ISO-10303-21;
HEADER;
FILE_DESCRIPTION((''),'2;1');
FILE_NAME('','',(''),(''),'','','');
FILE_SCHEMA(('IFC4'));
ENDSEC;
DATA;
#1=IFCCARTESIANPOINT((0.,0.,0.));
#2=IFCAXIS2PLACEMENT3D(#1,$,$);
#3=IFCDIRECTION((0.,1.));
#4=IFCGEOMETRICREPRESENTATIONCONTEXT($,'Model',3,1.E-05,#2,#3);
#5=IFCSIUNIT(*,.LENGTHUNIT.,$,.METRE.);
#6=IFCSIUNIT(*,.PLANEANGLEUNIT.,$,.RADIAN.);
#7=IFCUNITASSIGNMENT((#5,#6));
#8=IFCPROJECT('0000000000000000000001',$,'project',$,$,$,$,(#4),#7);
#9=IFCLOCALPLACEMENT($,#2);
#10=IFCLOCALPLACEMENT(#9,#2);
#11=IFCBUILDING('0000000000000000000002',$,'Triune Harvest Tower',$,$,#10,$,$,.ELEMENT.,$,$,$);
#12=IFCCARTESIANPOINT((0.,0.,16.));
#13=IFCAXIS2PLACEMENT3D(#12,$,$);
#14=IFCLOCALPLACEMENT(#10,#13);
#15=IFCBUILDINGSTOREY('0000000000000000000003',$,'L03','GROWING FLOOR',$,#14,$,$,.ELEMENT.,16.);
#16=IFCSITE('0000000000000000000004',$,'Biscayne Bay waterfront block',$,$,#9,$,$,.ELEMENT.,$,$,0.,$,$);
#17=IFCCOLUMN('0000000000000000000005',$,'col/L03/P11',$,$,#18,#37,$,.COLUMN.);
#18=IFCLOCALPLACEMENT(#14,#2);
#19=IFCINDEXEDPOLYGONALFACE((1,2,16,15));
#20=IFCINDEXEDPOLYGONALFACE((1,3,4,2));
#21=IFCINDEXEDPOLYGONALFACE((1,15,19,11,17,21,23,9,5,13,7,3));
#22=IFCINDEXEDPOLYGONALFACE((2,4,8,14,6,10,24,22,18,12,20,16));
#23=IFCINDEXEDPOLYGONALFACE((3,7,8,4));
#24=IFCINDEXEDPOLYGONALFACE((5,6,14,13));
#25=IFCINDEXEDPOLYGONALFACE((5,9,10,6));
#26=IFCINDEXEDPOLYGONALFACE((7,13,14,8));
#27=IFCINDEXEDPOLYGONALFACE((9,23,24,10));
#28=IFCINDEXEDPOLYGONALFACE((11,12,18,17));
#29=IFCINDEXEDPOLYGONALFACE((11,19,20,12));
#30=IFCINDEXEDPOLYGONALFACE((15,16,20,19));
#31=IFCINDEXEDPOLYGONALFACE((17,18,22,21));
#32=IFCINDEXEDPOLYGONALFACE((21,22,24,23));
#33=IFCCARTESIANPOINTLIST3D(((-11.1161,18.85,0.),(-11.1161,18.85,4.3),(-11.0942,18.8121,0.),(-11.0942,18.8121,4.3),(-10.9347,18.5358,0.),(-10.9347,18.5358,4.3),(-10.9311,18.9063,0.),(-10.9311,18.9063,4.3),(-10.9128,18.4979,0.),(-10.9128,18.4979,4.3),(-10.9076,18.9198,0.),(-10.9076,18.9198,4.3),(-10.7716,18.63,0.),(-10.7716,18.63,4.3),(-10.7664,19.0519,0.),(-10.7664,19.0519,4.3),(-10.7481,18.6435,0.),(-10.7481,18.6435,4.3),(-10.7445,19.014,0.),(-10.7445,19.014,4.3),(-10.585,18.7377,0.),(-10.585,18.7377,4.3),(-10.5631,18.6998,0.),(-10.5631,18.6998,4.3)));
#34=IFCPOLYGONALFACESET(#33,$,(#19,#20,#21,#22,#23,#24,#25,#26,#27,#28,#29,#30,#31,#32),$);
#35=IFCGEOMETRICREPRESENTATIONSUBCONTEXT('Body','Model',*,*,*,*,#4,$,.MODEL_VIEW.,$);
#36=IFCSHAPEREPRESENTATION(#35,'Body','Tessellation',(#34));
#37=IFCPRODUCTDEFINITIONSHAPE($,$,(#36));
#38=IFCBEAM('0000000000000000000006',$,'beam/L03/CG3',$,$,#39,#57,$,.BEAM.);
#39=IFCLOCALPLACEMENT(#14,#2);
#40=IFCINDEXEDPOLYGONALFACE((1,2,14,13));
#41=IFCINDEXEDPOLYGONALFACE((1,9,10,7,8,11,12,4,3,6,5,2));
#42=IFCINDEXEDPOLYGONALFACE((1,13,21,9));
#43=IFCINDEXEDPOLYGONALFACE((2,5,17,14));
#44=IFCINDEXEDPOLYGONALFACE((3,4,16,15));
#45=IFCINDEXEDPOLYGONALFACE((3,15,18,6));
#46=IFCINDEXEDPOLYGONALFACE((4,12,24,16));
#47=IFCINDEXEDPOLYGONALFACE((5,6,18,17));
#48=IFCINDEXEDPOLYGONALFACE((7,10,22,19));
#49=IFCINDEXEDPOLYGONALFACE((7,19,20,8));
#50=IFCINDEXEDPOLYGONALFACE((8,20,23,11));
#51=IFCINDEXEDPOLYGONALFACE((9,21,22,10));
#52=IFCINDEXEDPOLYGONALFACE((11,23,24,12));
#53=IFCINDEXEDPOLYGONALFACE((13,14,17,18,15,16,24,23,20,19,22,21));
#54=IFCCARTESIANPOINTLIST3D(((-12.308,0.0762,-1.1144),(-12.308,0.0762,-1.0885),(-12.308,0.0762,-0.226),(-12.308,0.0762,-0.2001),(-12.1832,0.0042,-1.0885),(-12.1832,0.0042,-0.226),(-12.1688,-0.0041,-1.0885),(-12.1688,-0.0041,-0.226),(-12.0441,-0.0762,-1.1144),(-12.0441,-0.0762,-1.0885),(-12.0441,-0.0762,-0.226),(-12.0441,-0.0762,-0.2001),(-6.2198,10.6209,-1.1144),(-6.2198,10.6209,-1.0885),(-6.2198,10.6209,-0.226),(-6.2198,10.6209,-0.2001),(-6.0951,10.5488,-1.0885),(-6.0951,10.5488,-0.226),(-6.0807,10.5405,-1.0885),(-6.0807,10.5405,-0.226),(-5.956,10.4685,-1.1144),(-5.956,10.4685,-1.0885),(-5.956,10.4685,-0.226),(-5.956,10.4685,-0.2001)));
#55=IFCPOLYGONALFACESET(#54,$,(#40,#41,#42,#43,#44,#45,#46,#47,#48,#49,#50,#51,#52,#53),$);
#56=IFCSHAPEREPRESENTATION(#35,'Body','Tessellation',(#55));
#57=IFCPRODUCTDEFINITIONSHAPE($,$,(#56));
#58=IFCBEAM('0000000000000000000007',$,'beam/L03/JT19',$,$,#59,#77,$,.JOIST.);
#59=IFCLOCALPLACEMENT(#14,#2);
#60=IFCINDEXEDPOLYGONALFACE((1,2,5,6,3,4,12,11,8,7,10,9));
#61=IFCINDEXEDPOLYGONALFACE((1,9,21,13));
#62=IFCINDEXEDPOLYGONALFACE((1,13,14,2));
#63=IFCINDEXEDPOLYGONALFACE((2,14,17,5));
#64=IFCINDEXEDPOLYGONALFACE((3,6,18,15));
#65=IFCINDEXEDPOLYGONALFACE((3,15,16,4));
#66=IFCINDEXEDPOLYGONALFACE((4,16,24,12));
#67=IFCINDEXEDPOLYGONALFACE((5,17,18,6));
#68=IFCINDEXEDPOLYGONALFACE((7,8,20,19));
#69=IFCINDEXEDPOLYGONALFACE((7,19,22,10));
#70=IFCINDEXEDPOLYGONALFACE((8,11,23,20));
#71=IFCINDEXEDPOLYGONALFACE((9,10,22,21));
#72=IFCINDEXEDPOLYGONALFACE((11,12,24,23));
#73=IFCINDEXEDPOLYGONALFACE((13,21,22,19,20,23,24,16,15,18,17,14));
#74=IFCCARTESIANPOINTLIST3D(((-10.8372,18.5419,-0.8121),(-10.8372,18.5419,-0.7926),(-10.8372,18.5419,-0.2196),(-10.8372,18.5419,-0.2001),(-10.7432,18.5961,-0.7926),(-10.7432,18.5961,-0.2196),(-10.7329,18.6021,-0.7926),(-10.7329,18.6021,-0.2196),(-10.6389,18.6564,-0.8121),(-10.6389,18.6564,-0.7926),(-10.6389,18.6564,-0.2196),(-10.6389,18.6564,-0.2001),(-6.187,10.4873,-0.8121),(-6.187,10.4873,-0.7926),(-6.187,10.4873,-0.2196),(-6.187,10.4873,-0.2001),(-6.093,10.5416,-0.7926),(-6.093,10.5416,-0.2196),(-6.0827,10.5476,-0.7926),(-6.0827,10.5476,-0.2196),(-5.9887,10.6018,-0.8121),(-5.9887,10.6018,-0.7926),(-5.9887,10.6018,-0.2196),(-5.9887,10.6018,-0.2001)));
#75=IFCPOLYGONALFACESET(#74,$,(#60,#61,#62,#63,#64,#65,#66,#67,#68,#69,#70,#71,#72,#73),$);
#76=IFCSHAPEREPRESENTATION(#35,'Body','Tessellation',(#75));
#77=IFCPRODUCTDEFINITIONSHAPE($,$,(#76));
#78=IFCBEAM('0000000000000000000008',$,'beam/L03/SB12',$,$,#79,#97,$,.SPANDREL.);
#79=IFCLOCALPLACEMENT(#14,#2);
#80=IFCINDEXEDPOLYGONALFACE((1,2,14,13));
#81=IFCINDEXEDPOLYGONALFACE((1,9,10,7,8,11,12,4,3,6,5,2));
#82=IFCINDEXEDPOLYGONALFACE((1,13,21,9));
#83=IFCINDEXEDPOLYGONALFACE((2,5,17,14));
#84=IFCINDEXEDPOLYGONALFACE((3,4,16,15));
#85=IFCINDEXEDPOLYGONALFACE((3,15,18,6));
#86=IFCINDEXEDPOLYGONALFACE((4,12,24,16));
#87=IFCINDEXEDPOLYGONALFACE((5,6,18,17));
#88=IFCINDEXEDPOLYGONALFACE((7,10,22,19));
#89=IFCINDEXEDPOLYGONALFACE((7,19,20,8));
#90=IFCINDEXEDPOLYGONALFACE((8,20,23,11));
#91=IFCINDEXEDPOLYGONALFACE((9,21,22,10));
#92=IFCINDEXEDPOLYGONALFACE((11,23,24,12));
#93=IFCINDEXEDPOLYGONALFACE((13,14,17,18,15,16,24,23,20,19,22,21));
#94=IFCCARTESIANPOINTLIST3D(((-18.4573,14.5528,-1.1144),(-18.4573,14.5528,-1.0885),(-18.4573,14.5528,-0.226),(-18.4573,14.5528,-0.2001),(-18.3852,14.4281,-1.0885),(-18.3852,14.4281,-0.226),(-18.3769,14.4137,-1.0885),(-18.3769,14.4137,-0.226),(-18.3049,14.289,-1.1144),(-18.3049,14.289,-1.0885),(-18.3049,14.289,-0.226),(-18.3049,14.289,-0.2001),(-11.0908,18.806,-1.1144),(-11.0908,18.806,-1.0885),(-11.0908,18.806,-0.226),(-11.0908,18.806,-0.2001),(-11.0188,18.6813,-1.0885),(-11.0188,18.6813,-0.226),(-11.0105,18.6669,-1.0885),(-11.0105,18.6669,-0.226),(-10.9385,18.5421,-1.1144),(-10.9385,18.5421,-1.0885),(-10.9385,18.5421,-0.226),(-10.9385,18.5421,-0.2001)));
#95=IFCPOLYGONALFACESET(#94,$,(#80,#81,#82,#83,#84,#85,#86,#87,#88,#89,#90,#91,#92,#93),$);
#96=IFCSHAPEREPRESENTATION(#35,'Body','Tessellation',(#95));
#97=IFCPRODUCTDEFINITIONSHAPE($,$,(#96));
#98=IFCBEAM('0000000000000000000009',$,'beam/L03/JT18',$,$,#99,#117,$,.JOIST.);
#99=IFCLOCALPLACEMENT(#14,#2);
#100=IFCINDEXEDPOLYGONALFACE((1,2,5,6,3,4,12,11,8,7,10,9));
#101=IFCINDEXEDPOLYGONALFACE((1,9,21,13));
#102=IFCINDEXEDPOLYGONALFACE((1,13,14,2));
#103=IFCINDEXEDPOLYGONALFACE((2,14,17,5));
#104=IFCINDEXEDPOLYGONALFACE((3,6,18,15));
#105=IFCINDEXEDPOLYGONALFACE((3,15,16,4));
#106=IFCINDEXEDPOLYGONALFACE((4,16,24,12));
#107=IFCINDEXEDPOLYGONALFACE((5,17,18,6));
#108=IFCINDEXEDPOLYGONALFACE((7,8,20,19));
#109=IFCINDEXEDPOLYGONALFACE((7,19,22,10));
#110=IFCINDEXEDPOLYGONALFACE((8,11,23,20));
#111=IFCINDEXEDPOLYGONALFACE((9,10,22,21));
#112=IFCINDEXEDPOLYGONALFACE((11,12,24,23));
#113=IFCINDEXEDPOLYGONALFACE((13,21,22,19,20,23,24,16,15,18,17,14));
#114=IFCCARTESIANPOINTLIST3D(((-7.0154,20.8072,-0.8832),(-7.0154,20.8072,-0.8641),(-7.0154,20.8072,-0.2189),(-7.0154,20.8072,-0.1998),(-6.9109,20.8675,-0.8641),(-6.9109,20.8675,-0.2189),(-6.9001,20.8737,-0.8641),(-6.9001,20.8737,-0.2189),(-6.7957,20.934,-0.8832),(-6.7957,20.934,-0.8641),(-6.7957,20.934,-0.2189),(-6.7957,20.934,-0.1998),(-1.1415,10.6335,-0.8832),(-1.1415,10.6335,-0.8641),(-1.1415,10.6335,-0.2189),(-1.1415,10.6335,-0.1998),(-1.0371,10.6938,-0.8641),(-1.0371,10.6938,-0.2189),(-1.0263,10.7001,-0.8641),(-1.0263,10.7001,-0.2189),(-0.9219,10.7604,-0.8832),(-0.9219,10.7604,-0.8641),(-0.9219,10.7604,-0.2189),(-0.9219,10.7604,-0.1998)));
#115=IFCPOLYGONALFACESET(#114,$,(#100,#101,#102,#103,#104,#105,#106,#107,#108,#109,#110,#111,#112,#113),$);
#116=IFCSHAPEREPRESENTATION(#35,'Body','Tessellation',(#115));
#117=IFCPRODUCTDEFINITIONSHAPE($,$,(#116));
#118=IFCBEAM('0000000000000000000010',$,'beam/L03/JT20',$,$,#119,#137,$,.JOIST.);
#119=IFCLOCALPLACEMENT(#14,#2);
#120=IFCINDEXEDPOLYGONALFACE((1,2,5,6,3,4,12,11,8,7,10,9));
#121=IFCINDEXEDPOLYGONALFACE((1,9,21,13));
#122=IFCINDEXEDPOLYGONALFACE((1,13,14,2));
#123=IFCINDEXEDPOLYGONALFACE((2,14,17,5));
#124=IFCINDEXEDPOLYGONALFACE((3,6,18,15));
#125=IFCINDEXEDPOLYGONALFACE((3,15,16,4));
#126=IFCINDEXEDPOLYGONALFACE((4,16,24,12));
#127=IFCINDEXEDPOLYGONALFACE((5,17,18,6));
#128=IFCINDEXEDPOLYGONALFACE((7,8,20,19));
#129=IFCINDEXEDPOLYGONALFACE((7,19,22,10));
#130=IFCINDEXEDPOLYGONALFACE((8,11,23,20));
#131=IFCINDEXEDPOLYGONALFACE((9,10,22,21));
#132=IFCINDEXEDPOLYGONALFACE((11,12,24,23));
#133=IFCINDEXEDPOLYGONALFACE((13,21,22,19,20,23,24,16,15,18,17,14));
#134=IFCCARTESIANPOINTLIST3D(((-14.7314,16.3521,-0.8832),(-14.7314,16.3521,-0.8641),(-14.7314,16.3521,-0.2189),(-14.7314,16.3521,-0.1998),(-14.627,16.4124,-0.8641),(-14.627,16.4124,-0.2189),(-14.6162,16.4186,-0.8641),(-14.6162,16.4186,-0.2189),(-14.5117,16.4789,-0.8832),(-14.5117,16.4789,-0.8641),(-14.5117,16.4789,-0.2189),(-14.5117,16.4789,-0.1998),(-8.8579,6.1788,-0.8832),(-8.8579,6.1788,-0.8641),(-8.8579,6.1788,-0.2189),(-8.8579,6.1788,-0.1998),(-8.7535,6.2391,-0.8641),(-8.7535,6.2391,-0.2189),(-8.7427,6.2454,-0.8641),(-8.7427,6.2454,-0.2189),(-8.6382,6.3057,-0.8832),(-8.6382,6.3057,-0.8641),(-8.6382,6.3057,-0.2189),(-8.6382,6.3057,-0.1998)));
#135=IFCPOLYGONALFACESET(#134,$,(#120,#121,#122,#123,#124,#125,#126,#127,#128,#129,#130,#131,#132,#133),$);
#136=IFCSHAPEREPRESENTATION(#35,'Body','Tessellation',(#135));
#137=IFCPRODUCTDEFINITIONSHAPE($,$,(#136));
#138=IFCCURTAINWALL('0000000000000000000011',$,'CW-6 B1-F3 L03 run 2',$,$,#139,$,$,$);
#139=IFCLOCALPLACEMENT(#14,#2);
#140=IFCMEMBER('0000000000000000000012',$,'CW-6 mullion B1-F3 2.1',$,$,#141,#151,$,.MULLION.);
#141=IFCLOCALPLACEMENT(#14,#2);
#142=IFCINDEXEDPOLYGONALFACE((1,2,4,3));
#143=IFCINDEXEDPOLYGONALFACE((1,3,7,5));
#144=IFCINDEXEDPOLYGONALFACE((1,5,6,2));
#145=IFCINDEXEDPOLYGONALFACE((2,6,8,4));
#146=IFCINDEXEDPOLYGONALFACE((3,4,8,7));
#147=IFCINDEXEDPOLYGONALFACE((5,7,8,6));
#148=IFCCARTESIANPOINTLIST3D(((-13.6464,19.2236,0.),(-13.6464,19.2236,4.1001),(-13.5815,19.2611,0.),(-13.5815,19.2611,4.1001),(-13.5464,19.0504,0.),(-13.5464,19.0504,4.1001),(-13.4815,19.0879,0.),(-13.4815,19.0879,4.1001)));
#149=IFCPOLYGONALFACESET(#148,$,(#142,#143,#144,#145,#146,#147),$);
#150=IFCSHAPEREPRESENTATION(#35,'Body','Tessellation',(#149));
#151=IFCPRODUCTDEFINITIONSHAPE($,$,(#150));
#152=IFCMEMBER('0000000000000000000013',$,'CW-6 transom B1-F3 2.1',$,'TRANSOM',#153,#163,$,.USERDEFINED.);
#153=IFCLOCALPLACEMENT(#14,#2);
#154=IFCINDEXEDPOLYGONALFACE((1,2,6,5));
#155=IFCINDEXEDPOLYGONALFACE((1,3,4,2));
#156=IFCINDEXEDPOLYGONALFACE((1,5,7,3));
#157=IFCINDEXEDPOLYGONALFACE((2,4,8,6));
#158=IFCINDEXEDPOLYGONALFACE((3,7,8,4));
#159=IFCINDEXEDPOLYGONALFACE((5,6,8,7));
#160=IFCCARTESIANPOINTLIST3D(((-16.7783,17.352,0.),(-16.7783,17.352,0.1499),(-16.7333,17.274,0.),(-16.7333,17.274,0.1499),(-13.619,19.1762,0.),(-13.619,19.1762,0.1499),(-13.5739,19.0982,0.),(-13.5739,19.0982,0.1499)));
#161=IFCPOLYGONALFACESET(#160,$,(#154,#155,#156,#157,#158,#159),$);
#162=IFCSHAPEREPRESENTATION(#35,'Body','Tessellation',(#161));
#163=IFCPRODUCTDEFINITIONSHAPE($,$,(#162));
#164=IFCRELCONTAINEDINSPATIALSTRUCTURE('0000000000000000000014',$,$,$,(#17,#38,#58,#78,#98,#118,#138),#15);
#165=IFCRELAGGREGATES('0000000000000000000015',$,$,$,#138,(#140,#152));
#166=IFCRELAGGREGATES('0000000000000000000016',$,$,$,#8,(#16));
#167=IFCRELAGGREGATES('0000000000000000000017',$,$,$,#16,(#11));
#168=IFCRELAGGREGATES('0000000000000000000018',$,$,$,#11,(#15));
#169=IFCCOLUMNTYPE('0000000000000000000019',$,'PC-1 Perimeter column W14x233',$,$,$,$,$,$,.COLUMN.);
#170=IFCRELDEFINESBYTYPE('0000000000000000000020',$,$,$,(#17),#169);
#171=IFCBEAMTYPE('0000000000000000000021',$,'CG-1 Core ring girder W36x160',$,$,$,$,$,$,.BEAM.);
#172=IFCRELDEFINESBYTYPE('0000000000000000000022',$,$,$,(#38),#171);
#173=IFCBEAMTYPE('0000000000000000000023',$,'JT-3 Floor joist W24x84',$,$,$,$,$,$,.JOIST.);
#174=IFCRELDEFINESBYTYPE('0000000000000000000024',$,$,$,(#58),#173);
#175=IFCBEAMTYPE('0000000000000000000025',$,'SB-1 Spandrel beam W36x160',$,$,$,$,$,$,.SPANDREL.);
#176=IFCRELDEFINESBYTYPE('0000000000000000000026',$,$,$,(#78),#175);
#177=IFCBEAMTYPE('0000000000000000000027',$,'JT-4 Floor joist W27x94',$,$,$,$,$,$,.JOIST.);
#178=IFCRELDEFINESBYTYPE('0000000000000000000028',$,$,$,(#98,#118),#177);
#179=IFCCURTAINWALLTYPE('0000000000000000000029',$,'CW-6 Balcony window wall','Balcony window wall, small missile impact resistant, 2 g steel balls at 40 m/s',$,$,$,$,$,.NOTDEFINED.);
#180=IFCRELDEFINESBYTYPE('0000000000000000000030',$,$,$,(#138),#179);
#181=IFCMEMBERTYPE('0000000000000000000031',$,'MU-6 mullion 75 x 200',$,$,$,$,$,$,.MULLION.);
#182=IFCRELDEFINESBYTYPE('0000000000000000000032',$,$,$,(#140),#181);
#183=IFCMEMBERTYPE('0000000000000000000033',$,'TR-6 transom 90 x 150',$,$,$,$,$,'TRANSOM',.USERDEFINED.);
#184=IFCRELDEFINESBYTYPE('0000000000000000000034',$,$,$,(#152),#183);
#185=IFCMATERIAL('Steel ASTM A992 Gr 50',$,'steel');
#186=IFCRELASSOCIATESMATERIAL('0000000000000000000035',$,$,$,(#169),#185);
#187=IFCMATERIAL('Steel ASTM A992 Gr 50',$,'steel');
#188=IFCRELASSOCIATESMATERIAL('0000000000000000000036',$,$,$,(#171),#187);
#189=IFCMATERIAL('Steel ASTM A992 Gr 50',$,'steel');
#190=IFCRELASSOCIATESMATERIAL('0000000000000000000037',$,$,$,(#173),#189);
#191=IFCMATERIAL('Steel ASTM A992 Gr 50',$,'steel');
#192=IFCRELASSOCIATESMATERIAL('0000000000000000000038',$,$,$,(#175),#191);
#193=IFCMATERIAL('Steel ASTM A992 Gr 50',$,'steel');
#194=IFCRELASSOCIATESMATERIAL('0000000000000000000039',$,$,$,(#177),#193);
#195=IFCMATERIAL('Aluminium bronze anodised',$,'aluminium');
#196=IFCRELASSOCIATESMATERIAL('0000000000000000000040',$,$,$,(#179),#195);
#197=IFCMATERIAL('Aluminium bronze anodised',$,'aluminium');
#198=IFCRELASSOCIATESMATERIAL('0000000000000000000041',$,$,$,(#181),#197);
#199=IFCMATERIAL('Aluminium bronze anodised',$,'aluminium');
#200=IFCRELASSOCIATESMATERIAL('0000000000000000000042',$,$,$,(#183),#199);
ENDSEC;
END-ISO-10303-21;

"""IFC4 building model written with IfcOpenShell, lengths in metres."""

from ifc_helpers import new_model, si_unit, direction, frame, origin, origin_2d, place, context, subcontext, project, spatial, rectangle, i_section, extrude, source, transform, mapped, material, material_profile, profile_set, type_object, element, aggregate, save


model = new_model("IFC4")

# Units and contexts
model_context = context("Model", 3, precision=1e-05, world=origin(), true_north=direction((0.0, 1.0)))
body_context = subcontext(model_context, "Body", "Model", "MODEL_VIEW")
ifc_project = project(units=[si_unit("LENGTHUNIT", "METRE"), si_unit("PLANEANGLEUNIT", "RADIAN")], contexts=[model_context])

# Site, building, storey
site_placement = place(None, origin())
site = spatial("IfcSite", under=ifc_project, at=site_placement, Name="Biscayne Bay waterfront block", CompositionType="ELEMENT", RefElevation=0.0)
building_placement = place(site_placement, origin())
building = spatial("IfcBuilding", under=site, at=building_placement, Name="Triune Harvest Tower", CompositionType="ELEMENT")
storey_placement = place(building_placement, frame((0.0, 0.0, 16.0)))
storey = spatial("IfcBuildingStorey", under=building, at=storey_placement, Name="L03", Description="GROWING FLOOR", CompositionType="ELEMENT", Elevation=16.0)

# Column
ifc_material_1 = material(Name="Steel ASTM A992 Gr 50", Category="steel")
ifc_material_profile_1 = material_profile(ifc_material_1, i_section(OverallWidth=0.4038, OverallDepth=0.4065, WebThickness=0.0271, FlangeThickness=0.0437, at=origin_2d()), Name="W14x233")
ifc_profile_set_1 = profile_set([ifc_material_profile_1], Name="Steel ASTM A992 Gr 50")
column_type = type_object("IfcColumnType", Name="PC-1 Perimeter column W14x233", PredefinedType="COLUMN", material=ifc_profile_set_1)
shared_shape_1 = source(origin(), body_context, "Body", "SweptSolid", [
    extrude(i_section(OverallWidth=0.4038, OverallDepth=0.4065, WebThickness=0.0271, FlangeThickness=0.0437, at=origin_2d()), origin(), (0.0, 0.0, 1.0), 4.3),
])
column_placement = place(storey_placement, frame((-10.8396, 18.7749, 0.0), z_axis=(0.0, 0.0, 1.0), x_axis=(-0.866025, -0.5, 0.0)))
element("IfcColumn", 1, at=column_placement, inside=storey, type_object=column_type, Name="col/L03/P11", PredefinedType="COLUMN", context=body_context, shape_type="MappedRepresentation", body=[
    mapped(shared_shape_1, transform((0.0, 0.0, 0.0), scale=1.0)),
])

# Beams
ifc_material_2 = material(Name="Steel ASTM A992 Gr 50", Category="steel")
ifc_material_profile_2 = material_profile(ifc_material_2, i_section(OverallWidth=0.3047, OverallDepth=0.9143, WebThickness=0.0166, FlangeThickness=0.0259, at=origin_2d()), Name="W36x160")
ifc_profile_set_2 = profile_set([ifc_material_profile_2], Name="Steel ASTM A992 Gr 50")
beam_type_1 = type_object("IfcBeamType", Name="CG-1 Core ring girder W36x160", PredefinedType="BEAM", material=ifc_profile_set_2)
shared_shape_2 = source(origin(), body_context, "Body", "SweptSolid", [
    extrude(i_section(OverallWidth=0.3047, OverallDepth=0.9143, WebThickness=0.0166, FlangeThickness=0.0259, at=origin_2d()), origin(), (0.0, 0.0, 1.0), 12.176),
])
beam_1_placement = place(storey_placement, frame((-6.0879, 10.5447, -0.6572), z_axis=(-0.50001, -0.86602, 0.0), x_axis=(0.86602, -0.50001, 0.0)))
element("IfcBeam", 2, at=beam_1_placement, inside=storey, type_object=beam_type_1, Name="beam/L03/CG3", PredefinedType="BEAM", context=body_context, shape_type="MappedRepresentation", body=[
    mapped(shared_shape_2, transform((0.0, 0.0, 0.0), scale=1.0)),
])
ifc_material_3 = material(Name="Steel ASTM A992 Gr 50", Category="steel")
ifc_material_profile_3 = material_profile(ifc_material_3, i_section(OverallWidth=0.229, OverallDepth=0.6121, WebThickness=0.012, FlangeThickness=0.0195, at=origin_2d()), Name="W24x84")
ifc_profile_set_3 = profile_set([ifc_material_profile_3], Name="Steel ASTM A992 Gr 50")
beam_type_2 = type_object("IfcBeamType", Name="JT-3 Floor joist W24x84", PredefinedType="JOIST", material=ifc_profile_set_3)
shared_shape_3 = source(origin(), body_context, "Body", "SweptSolid", [
    extrude(i_section(OverallWidth=0.229, OverallDepth=0.6121, WebThickness=0.012, FlangeThickness=0.0195, at=origin_2d()), origin(), (0.0, 0.0, 1.0), 9.3005),
])
beam_2_placement = place(storey_placement, frame((-10.738, 18.5991, -0.5061), z_axis=(0.499993, -0.86603, 0.0), x_axis=(0.86603, 0.499993, 0.0)))
element("IfcBeam", 3, at=beam_2_placement, inside=storey, type_object=beam_type_2, Name="beam/L03/JT19", PredefinedType="JOIST", context=body_context, shape_type="MappedRepresentation", body=[
    mapped(shared_shape_3, transform((0.0, 0.0, 0.0), scale=1.0)),
])
ifc_material_4 = material(Name="Steel ASTM A992 Gr 50", Category="steel")
ifc_material_profile_4 = material_profile(ifc_material_4, i_section(OverallWidth=0.3047, OverallDepth=0.9143, WebThickness=0.0166, FlangeThickness=0.0259, at=origin_2d()), Name="W36x160")
ifc_profile_set_4 = profile_set([ifc_material_profile_4], Name="Steel ASTM A992 Gr 50")
beam_type_3 = type_object("IfcBeamType", Name="SB-1 Spandrel beam W36x160", PredefinedType="SPANDREL", material=ifc_profile_set_4)
shared_shape_4 = source(origin(), body_context, "Body", "SweptSolid", [
    extrude(i_section(OverallWidth=0.3047, OverallDepth=0.9143, WebThickness=0.0166, FlangeThickness=0.0259, at=origin_2d()), origin(), (0.0, 0.0, 1.0), 8.5061),
])
beam_3_placement = place(storey_placement, frame((-11.0146, 18.6741, -0.6572), z_axis=(-0.866018, -0.500013, 0.0), x_axis=(0.500013, -0.866018, 0.0)))
element("IfcBeam", 4, at=beam_3_placement, inside=storey, type_object=beam_type_3, Name="beam/L03/SB12", PredefinedType="SPANDREL", context=body_context, shape_type="MappedRepresentation", body=[
    mapped(shared_shape_4, transform((0.0, 0.0, 0.0), scale=1.0)),
])
ifc_material_5 = material(Name="Steel ASTM A992 Gr 50", Category="steel")
ifc_material_profile_5 = material_profile(ifc_material_5, i_section(OverallWidth=0.2537, OverallDepth=0.6833, WebThickness=0.0125, FlangeThickness=0.019, at=origin_2d()), Name="W27x94")
ifc_profile_set_5 = profile_set([ifc_material_profile_5], Name="Steel ASTM A992 Gr 50")
beam_type_4 = type_object("IfcBeamType", Name="JT-4 Floor joist W27x94", PredefinedType="JOIST", material=ifc_profile_set_5)
shared_shape_5 = source(origin(), body_context, "Body", "SweptSolid", [
    extrude(i_section(OverallWidth=0.2537, OverallDepth=0.6833, WebThickness=0.0125, FlangeThickness=0.019, at=origin_2d()), origin(), (0.0, 0.0, 1.0), 11.7476),
])
beam_4_placement = place(storey_placement, frame((-6.9055, 20.8706, -0.5415), z_axis=(0.500004, -0.866023, 0.0), x_axis=(0.866023, 0.500004, 0.0)))
element("IfcBeam", 5, at=beam_4_placement, inside=storey, type_object=beam_type_4, Name="beam/L03/JT18", PredefinedType="JOIST", context=body_context, shape_type="MappedRepresentation", body=[
    mapped(shared_shape_5, transform((0.0, 0.0, 0.0), scale=1.0)),
])
shared_shape_6 = source(origin(), body_context, "Body", "SweptSolid", [
    extrude(i_section(OverallWidth=0.2537, OverallDepth=0.6833, WebThickness=0.0125, FlangeThickness=0.019, at=origin_2d()), origin(), (0.0, 0.0, 1.0), 11.7471),
])
beam_5_placement = place(storey_placement, frame((-14.6216, 16.4155, -0.5415), z_axis=(0.499997, -0.866027, 0.0), x_axis=(0.866027, 0.499997, 0.0)))
element("IfcBeam", 6, at=beam_5_placement, inside=storey, type_object=beam_type_4, Name="beam/L03/JT20", PredefinedType="JOIST", context=body_context, shape_type="MappedRepresentation", body=[
    mapped(shared_shape_6, transform((0.0, 0.0, 0.0), scale=1.0)),
])

# Curtain wall, members
ifc_material_6 = material(Name="Aluminium bronze anodised", Category="aluminium")
curtain_wall_type = type_object("IfcCurtainWallType", Name="CW-6 Balcony window wall", Description="Balcony window wall, small missile impact resistant, 2 g steel balls at 40 m/s", PredefinedType="NOTDEFINED", material=ifc_material_6)
curtain_wall_placement = place(storey_placement, origin())
curtain_wall = element("IfcCurtainWall", 7, at=curtain_wall_placement, inside=storey, type_object=curtain_wall_type, Name="CW-6 B1-F3 L03 run 2")
ifc_material_7 = material(Name="Aluminium bronze anodised", Category="aluminium")
ifc_material_profile_6 = material_profile(ifc_material_7, rectangle(XDim=0.2, YDim=0.075, at=origin_2d()), Name="MU-6 mullion 75 x 200")
ifc_profile_set_6 = profile_set([ifc_material_profile_6], Name="Aluminium bronze anodised")
member_type_1 = type_object("IfcMemberType", Name="MU-6 mullion 75 x 200", PredefinedType="MULLION", material=ifc_profile_set_6)
shared_shape_7 = source(origin(), body_context, "Body", "SweptSolid", [
    extrude(rectangle(XDim=0.2, YDim=0.075, at=origin_2d()), origin(), (0.0, 0.0, 1.0), 4.1001),
])
member_1_placement = place(storey_placement, frame((-13.564, 19.1558, 0.0), z_axis=(0.0, 0.0, 1.0), x_axis=(0.499993, -0.86603, 0.0)))
member_1 = element("IfcMember", 8, at=member_1_placement, type_object=member_type_1, Name="CW-6 mullion B1-F3 2.1", PredefinedType="MULLION", context=body_context, shape_type="MappedRepresentation", body=[
    mapped(shared_shape_7, transform((0.0, 0.0, 0.0), scale=1.0)),
])
ifc_material_8 = material(Name="Aluminium bronze anodised", Category="aluminium")
ifc_material_profile_7 = material_profile(ifc_material_8, rectangle(XDim=0.0901, YDim=0.1499, at=origin_2d()), Name="TR-6 transom 90 x 150")
ifc_profile_set_7 = profile_set([ifc_material_profile_7], Name="Aluminium bronze anodised")
member_type_2 = type_object("IfcMemberType", Name="TR-6 transom 90 x 150", ElementType="TRANSOM", PredefinedType="USERDEFINED", material=ifc_profile_set_7)
shared_shape_8 = source(origin(), body_context, "Body", "SweptSolid", [
    extrude(rectangle(XDim=0.0901, YDim=0.1499, at=origin_2d()), origin(), (0.0, 0.0, 1.0), 3.6482),
])
member_2_placement = place(storey_placement, frame((-13.5964, 19.1372, 0.075), z_axis=(-0.866011, -0.500026, 0.0), x_axis=(0.500026, -0.866011, 0.0)))
member_2 = element("IfcMember", 9, at=member_2_placement, type_object=member_type_2, Name="CW-6 transom B1-F3 2.1", ObjectType="TRANSOM", PredefinedType="USERDEFINED", context=body_context, shape_type="MappedRepresentation", body=[
    mapped(shared_shape_8, transform((0.0, 0.0, 0.0), scale=1.0)),
])
aggregate(curtain_wall, [member_1, member_2])

save(model, "model.ifc")
